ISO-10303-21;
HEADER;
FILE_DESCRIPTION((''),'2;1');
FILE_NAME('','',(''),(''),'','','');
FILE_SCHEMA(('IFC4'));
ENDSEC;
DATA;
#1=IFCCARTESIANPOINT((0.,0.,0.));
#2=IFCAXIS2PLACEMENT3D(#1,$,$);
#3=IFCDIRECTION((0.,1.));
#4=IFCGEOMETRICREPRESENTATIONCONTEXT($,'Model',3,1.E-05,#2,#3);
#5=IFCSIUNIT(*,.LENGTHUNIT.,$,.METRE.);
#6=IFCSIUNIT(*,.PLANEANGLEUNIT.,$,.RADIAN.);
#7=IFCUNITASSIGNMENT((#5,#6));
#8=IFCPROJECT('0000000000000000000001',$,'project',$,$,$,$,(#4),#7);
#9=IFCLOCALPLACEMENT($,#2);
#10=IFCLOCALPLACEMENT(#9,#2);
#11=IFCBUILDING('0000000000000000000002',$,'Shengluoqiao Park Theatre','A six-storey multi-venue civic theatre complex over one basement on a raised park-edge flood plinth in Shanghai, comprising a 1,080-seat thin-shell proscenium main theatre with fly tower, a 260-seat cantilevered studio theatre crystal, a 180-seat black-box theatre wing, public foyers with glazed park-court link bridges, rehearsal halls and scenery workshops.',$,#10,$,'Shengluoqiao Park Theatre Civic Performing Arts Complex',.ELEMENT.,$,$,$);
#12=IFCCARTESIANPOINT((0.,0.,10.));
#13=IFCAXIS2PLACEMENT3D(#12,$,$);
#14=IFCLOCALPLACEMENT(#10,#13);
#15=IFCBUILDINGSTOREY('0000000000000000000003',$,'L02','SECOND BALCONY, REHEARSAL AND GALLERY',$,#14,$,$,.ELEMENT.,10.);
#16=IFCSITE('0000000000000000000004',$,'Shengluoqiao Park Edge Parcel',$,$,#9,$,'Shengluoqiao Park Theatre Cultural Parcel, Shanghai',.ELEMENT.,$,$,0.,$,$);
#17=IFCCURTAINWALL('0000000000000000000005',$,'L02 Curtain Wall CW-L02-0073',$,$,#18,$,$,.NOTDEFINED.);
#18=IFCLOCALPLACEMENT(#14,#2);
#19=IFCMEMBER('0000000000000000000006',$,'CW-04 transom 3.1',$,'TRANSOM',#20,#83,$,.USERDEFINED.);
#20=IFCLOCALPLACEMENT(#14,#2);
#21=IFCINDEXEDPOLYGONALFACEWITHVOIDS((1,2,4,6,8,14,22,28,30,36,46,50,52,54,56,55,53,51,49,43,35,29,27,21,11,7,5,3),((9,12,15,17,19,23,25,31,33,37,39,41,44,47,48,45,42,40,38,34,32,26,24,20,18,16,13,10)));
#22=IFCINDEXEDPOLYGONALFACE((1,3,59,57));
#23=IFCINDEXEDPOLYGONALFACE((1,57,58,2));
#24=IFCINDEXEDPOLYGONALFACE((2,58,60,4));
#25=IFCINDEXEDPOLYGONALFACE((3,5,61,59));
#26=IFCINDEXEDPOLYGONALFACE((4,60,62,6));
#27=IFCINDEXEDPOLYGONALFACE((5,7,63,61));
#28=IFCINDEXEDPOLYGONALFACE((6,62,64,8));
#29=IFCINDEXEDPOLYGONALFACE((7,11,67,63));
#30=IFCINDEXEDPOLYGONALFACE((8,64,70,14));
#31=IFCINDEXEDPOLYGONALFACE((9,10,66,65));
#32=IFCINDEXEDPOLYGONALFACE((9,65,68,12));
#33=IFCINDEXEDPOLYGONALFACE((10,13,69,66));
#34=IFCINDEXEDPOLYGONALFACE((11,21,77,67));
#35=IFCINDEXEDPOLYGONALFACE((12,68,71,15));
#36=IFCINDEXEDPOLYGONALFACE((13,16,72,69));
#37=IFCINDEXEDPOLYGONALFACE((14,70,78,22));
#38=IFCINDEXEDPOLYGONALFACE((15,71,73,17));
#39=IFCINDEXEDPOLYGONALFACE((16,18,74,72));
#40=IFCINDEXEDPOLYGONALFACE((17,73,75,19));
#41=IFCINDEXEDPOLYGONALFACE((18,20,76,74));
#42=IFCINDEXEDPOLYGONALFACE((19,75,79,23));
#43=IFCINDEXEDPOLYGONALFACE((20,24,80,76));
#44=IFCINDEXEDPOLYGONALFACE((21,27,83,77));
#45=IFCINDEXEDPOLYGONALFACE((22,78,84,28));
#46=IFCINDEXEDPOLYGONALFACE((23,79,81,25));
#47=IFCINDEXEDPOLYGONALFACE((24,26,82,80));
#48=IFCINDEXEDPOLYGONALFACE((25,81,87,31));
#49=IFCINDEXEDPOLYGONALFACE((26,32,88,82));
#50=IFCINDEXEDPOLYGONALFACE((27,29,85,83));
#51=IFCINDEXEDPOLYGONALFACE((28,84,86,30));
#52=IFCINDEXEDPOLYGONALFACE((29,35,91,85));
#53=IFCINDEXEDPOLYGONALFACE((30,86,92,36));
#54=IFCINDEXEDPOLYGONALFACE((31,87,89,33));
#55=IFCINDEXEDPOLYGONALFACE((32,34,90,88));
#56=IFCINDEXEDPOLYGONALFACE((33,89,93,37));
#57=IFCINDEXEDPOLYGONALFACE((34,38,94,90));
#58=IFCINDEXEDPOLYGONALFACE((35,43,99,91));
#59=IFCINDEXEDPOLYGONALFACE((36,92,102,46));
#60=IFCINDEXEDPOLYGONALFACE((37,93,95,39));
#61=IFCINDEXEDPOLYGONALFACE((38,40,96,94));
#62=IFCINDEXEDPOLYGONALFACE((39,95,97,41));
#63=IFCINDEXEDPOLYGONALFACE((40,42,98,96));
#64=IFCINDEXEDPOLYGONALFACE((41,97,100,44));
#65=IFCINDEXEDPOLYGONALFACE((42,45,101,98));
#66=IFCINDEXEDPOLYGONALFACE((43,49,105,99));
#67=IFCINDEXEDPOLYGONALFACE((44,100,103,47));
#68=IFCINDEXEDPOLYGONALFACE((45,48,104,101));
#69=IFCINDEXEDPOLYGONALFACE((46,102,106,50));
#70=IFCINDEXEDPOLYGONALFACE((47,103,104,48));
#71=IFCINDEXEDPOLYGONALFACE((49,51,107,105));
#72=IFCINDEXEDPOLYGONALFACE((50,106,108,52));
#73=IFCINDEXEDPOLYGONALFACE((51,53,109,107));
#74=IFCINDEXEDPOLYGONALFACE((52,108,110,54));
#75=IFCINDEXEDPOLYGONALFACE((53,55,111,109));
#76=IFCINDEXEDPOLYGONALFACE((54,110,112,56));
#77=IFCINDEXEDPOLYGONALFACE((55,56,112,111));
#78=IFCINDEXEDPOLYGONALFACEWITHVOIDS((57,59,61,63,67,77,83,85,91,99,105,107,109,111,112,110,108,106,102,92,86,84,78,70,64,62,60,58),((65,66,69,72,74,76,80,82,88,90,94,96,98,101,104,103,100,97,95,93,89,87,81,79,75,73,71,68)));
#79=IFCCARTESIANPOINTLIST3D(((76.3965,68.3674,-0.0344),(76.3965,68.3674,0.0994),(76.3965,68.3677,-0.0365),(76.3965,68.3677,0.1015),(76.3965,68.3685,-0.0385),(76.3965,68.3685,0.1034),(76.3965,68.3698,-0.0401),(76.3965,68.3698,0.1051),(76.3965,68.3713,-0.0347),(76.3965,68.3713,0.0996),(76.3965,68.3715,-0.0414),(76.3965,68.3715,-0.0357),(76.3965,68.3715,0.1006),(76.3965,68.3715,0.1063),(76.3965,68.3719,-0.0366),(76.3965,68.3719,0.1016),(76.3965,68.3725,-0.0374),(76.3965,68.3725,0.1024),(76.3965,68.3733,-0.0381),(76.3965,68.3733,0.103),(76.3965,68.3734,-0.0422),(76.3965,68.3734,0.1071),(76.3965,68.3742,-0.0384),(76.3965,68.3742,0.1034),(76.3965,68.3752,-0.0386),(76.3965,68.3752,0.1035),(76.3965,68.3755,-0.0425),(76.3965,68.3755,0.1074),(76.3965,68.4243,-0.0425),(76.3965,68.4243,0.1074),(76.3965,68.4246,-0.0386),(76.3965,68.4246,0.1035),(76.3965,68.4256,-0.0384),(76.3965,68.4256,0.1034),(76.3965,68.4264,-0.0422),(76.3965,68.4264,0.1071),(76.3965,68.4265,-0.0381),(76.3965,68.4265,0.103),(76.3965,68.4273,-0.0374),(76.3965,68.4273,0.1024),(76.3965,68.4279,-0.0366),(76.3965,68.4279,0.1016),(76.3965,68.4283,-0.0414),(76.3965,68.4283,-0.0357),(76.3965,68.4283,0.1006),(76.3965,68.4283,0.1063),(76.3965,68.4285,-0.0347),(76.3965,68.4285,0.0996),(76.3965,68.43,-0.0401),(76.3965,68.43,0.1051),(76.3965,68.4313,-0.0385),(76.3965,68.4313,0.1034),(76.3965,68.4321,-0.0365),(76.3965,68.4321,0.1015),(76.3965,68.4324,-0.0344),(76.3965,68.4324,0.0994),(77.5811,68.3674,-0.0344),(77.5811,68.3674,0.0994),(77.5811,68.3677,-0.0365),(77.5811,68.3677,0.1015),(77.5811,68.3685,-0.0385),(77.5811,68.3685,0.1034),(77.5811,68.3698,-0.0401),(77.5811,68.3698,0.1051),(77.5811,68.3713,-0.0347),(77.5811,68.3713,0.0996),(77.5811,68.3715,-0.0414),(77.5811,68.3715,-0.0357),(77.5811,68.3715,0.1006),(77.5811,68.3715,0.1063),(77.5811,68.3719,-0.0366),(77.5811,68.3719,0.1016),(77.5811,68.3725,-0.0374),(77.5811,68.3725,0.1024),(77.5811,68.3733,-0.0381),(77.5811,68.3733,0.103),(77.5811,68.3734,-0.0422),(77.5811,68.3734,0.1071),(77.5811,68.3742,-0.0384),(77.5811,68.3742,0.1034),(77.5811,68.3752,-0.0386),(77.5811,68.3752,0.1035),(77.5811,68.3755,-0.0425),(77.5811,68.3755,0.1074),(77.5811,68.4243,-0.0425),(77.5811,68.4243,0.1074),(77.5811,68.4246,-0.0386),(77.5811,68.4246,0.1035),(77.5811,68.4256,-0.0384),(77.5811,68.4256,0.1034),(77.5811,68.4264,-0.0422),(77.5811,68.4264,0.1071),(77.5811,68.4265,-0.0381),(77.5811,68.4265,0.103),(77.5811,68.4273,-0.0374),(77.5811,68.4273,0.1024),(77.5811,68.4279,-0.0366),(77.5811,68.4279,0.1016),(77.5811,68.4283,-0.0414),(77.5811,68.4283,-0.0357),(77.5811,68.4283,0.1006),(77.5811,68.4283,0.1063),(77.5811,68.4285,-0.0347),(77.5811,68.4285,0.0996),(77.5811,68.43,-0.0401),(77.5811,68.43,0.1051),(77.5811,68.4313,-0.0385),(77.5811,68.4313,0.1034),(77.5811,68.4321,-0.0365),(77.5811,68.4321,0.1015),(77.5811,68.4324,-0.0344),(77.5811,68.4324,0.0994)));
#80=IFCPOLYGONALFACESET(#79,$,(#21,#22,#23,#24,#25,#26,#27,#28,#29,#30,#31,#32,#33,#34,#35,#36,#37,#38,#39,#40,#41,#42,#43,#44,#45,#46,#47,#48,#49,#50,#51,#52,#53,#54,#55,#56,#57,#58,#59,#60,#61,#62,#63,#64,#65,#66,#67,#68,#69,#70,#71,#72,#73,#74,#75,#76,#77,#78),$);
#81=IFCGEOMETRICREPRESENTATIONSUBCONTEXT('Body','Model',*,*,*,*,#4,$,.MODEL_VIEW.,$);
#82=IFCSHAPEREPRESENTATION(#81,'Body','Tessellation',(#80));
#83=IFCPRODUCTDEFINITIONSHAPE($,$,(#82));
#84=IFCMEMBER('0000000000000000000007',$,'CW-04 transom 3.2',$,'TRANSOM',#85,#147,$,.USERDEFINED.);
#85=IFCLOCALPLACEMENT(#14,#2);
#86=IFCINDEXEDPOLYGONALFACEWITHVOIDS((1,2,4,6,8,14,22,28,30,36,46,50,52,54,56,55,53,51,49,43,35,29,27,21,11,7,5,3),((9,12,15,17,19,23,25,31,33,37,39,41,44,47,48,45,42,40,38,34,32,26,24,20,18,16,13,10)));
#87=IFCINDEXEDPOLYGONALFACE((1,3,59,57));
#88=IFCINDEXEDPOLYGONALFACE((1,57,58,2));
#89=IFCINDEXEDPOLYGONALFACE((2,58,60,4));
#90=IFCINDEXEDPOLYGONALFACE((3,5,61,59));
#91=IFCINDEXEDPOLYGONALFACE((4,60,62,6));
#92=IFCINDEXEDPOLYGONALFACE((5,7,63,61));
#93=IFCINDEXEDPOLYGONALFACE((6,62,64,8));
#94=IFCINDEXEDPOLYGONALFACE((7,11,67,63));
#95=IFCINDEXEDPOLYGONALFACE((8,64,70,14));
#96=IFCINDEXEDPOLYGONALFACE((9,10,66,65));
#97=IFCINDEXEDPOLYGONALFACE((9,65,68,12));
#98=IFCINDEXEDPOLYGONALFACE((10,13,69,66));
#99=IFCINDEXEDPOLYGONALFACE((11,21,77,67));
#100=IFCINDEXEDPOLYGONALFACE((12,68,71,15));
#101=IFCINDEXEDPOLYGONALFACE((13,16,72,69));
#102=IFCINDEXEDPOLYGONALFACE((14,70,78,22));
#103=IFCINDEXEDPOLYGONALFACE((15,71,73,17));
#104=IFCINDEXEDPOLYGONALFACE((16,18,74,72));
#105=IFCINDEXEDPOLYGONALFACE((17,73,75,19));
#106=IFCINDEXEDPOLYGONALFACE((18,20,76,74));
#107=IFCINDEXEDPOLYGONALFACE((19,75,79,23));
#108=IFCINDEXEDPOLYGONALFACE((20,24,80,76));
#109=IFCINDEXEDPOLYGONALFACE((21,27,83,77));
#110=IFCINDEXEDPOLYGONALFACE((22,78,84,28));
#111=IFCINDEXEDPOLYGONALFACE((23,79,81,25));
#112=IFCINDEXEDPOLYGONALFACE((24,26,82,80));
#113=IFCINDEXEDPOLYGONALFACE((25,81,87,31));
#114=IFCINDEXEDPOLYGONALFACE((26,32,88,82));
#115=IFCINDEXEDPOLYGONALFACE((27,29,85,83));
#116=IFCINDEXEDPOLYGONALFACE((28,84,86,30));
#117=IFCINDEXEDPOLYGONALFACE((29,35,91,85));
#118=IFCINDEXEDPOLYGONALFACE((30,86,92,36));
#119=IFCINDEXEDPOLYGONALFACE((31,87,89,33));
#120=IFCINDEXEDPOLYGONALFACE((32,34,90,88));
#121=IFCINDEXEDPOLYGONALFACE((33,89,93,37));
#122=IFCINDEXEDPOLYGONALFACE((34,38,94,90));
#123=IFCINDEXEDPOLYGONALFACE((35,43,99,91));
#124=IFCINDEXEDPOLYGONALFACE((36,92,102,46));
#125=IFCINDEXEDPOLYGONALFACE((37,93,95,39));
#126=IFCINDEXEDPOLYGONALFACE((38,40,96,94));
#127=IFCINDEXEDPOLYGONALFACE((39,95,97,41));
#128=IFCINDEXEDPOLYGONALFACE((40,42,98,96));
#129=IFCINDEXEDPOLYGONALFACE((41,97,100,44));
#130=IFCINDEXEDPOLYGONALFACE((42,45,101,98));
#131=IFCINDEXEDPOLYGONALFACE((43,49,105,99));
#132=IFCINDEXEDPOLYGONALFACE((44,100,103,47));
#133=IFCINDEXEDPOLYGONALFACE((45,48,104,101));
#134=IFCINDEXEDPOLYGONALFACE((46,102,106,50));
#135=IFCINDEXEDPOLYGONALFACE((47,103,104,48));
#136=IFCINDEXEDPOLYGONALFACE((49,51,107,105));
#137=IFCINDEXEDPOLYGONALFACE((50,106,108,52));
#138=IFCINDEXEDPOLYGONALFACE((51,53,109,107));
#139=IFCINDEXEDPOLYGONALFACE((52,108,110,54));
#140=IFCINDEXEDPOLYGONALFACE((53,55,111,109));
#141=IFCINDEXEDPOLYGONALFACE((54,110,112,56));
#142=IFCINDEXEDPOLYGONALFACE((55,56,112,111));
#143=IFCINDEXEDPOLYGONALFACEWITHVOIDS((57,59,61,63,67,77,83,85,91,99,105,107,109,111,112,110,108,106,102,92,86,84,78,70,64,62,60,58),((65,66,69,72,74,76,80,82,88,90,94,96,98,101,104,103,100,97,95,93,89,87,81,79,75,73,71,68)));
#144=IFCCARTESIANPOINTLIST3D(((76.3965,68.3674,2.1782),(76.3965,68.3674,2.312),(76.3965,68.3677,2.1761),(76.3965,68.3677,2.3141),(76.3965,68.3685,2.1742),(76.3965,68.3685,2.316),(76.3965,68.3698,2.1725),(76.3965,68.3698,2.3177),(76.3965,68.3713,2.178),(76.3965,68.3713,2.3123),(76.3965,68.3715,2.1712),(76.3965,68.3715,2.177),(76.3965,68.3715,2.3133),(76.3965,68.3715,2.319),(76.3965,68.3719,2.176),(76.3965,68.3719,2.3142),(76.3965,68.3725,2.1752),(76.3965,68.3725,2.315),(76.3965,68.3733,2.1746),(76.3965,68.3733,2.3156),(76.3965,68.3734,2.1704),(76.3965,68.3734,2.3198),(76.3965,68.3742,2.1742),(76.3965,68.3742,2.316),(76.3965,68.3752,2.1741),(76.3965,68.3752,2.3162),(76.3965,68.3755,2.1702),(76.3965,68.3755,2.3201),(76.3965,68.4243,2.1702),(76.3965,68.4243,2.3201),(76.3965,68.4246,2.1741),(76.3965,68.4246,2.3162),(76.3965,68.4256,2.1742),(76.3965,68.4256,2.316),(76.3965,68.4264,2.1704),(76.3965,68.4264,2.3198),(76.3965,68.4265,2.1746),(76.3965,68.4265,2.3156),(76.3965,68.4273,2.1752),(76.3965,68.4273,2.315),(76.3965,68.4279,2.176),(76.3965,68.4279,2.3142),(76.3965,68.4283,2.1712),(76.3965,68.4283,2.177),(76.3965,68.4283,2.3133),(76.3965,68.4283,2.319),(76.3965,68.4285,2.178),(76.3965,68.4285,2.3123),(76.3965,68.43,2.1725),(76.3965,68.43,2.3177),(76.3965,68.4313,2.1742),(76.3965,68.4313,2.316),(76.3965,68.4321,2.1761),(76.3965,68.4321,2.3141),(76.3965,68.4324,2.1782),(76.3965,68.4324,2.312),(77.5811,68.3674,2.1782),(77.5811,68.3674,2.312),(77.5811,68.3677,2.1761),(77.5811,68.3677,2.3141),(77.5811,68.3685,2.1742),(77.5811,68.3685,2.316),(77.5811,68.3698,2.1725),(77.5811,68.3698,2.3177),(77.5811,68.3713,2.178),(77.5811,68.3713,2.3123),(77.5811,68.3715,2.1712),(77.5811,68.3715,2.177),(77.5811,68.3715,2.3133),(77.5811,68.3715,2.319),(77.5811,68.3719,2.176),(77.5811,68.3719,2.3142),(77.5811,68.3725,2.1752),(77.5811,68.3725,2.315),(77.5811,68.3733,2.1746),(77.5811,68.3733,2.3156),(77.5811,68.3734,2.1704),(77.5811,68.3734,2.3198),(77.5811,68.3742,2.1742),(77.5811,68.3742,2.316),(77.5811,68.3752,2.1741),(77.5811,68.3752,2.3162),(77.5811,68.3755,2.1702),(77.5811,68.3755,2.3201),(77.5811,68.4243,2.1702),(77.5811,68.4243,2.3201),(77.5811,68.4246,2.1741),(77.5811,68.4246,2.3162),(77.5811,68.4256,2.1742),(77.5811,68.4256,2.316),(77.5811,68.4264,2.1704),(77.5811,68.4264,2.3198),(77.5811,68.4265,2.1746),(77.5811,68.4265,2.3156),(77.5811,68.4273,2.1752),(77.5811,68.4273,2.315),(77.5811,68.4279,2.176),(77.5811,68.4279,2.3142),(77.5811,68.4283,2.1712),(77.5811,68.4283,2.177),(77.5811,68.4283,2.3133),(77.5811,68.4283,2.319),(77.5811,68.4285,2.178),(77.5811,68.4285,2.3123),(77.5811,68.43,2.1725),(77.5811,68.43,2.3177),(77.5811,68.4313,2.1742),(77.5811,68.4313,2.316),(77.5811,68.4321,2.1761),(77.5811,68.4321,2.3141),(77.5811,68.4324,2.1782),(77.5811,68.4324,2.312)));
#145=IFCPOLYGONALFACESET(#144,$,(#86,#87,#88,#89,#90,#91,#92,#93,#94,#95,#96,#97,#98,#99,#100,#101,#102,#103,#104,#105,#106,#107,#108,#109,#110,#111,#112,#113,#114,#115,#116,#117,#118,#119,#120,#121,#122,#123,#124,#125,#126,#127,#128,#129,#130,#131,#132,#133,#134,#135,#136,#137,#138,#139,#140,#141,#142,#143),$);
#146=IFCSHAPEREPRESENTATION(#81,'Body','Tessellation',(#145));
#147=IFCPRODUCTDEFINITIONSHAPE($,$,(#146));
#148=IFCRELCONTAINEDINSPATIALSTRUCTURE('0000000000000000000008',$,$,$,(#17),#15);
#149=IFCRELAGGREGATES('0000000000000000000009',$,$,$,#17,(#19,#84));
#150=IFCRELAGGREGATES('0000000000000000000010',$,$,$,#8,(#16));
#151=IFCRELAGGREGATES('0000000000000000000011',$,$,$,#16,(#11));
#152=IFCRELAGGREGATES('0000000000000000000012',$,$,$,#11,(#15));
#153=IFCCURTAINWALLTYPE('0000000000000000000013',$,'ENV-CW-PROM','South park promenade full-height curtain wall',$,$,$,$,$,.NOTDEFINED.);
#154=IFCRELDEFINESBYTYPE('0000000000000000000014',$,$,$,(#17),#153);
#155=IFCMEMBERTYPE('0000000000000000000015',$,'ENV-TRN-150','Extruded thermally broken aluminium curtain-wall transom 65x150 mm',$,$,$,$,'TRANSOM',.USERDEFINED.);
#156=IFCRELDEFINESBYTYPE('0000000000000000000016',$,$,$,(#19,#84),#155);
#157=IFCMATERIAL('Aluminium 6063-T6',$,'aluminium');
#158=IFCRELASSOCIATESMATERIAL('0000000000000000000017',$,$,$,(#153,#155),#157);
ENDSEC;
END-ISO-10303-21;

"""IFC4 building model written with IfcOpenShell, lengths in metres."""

from ifc_helpers import new_model, si_unit, direction, frame, origin, origin_2d, place, context, subcontext, project, spatial, hollow_rectangle, extrude, material, material_profile, profile_set, type_object, element, aggregate, save


model = new_model("IFC4")

# Units and contexts
model_context = context("Model", 3, precision=1e-05, world=origin(), true_north=direction((0.0, 1.0)))
body_context = subcontext(model_context, "Body", "Model", "MODEL_VIEW")
ifc_project = project(units=[si_unit("LENGTHUNIT", "METRE"), si_unit("PLANEANGLEUNIT", "RADIAN")], contexts=[model_context])

# Site, building, storey
site_placement = place(None, origin())
site = spatial("IfcSite", under=ifc_project, at=site_placement, Name="Shengluoqiao Park Edge Parcel", LongName="Shengluoqiao Park Theatre Cultural Parcel, Shanghai", CompositionType="ELEMENT", RefElevation=0.0)
building_placement = place(site_placement, origin())
building = spatial("IfcBuilding", under=site, at=building_placement, Name="Shengluoqiao Park Theatre", Description="A six-storey multi-venue civic theatre complex over one basement on a raised park-edge flood plinth in Shanghai, comprising a 1,080-seat thin-shell proscenium main theatre with fly tower, a 260-seat cantilevered studio theatre crystal, a 180-seat black-box theatre wing, public foyers with glazed park-court link bridges, rehearsal halls and scenery workshops.", LongName="Shengluoqiao Park Theatre Civic Performing Arts Complex", CompositionType="ELEMENT")
storey_placement = place(building_placement, frame((0.0, 0.0, 10.0)))
storey = spatial("IfcBuildingStorey", under=building, at=storey_placement, Name="L02", Description="SECOND BALCONY, REHEARSAL AND GALLERY", CompositionType="ELEMENT", Elevation=10.0)

# Shared definitions
ifc_material_1 = material(Name="Aluminium 6063-T6", Category="aluminium")
curtain_wall_type = type_object("IfcCurtainWallType", Name="ENV-CW-PROM", Description="South park promenade full-height curtain wall", PredefinedType="NOTDEFINED", material=ifc_material_1)

# Curtain wall
curtain_wall_1_placement = place(storey_placement, origin())
curtain_wall_1 = element("IfcCurtainWall", 1, at=curtain_wall_1_placement, inside=storey, type_object=curtain_wall_type, Name="L02 Curtain Wall CW-L02-0073", PredefinedType="NOTDEFINED")

# Members
ifc_material_profile_1 = material_profile(ifc_material_1, hollow_rectangle(XDim=0.0649, YDim=0.1499, WallThickness=0.0039, InnerFilletRadius=0.0039, OuterFilletRadius=0.0081, at=origin_2d()), Name="ALU TRANSOM 150x65x4")
ifc_profile_set_1 = profile_set([ifc_material_profile_1], Name="Aluminium 6063-T6")
member_type_1 = type_object("IfcMemberType", Name="ENV-TRN-150", Description="Extruded thermally broken aluminium curtain-wall transom 65x150 mm", ElementType="TRANSOM", PredefinedType="USERDEFINED", material=ifc_profile_set_1)
member_1_placement = place(storey_placement, frame((76.3965, 68.3999, 0.0325), z_axis=(1.0, 0.0, 0.0), x_axis=(0.0, 1.0, 0.0)))
member_1 = element("IfcMember", 2, at=member_1_placement, type_object=member_type_1, Name="CW-04 transom 3.1", ObjectType="TRANSOM", PredefinedType="USERDEFINED", context=body_context, shape_type="SweptSolid", body=[
    extrude(hollow_rectangle(XDim=0.0649, YDim=0.1499, WallThickness=0.0039, InnerFilletRadius=0.0039, OuterFilletRadius=0.0081, at=origin_2d()), origin(), (0.0, 0.0, 1.0), 1.1846),
])
member_2_placement = place(storey_placement, frame((76.3965, 68.3999, 2.2451), z_axis=(1.0, 0.0, 0.0), x_axis=(0.0, 1.0, 0.0)))
member_2 = element("IfcMember", 3, at=member_2_placement, type_object=member_type_1, Name="CW-04 transom 3.2", ObjectType="TRANSOM", PredefinedType="USERDEFINED", context=body_context, shape_type="SweptSolid", body=[
    extrude(hollow_rectangle(XDim=0.0649, YDim=0.1499, WallThickness=0.0039, InnerFilletRadius=0.0039, OuterFilletRadius=0.0081, at=origin_2d()), origin(), (0.0, 0.0, 1.0), 1.1846),
])

aggregate(curtain_wall_1, [member_1, member_2])

save(model, "model.ifc")
